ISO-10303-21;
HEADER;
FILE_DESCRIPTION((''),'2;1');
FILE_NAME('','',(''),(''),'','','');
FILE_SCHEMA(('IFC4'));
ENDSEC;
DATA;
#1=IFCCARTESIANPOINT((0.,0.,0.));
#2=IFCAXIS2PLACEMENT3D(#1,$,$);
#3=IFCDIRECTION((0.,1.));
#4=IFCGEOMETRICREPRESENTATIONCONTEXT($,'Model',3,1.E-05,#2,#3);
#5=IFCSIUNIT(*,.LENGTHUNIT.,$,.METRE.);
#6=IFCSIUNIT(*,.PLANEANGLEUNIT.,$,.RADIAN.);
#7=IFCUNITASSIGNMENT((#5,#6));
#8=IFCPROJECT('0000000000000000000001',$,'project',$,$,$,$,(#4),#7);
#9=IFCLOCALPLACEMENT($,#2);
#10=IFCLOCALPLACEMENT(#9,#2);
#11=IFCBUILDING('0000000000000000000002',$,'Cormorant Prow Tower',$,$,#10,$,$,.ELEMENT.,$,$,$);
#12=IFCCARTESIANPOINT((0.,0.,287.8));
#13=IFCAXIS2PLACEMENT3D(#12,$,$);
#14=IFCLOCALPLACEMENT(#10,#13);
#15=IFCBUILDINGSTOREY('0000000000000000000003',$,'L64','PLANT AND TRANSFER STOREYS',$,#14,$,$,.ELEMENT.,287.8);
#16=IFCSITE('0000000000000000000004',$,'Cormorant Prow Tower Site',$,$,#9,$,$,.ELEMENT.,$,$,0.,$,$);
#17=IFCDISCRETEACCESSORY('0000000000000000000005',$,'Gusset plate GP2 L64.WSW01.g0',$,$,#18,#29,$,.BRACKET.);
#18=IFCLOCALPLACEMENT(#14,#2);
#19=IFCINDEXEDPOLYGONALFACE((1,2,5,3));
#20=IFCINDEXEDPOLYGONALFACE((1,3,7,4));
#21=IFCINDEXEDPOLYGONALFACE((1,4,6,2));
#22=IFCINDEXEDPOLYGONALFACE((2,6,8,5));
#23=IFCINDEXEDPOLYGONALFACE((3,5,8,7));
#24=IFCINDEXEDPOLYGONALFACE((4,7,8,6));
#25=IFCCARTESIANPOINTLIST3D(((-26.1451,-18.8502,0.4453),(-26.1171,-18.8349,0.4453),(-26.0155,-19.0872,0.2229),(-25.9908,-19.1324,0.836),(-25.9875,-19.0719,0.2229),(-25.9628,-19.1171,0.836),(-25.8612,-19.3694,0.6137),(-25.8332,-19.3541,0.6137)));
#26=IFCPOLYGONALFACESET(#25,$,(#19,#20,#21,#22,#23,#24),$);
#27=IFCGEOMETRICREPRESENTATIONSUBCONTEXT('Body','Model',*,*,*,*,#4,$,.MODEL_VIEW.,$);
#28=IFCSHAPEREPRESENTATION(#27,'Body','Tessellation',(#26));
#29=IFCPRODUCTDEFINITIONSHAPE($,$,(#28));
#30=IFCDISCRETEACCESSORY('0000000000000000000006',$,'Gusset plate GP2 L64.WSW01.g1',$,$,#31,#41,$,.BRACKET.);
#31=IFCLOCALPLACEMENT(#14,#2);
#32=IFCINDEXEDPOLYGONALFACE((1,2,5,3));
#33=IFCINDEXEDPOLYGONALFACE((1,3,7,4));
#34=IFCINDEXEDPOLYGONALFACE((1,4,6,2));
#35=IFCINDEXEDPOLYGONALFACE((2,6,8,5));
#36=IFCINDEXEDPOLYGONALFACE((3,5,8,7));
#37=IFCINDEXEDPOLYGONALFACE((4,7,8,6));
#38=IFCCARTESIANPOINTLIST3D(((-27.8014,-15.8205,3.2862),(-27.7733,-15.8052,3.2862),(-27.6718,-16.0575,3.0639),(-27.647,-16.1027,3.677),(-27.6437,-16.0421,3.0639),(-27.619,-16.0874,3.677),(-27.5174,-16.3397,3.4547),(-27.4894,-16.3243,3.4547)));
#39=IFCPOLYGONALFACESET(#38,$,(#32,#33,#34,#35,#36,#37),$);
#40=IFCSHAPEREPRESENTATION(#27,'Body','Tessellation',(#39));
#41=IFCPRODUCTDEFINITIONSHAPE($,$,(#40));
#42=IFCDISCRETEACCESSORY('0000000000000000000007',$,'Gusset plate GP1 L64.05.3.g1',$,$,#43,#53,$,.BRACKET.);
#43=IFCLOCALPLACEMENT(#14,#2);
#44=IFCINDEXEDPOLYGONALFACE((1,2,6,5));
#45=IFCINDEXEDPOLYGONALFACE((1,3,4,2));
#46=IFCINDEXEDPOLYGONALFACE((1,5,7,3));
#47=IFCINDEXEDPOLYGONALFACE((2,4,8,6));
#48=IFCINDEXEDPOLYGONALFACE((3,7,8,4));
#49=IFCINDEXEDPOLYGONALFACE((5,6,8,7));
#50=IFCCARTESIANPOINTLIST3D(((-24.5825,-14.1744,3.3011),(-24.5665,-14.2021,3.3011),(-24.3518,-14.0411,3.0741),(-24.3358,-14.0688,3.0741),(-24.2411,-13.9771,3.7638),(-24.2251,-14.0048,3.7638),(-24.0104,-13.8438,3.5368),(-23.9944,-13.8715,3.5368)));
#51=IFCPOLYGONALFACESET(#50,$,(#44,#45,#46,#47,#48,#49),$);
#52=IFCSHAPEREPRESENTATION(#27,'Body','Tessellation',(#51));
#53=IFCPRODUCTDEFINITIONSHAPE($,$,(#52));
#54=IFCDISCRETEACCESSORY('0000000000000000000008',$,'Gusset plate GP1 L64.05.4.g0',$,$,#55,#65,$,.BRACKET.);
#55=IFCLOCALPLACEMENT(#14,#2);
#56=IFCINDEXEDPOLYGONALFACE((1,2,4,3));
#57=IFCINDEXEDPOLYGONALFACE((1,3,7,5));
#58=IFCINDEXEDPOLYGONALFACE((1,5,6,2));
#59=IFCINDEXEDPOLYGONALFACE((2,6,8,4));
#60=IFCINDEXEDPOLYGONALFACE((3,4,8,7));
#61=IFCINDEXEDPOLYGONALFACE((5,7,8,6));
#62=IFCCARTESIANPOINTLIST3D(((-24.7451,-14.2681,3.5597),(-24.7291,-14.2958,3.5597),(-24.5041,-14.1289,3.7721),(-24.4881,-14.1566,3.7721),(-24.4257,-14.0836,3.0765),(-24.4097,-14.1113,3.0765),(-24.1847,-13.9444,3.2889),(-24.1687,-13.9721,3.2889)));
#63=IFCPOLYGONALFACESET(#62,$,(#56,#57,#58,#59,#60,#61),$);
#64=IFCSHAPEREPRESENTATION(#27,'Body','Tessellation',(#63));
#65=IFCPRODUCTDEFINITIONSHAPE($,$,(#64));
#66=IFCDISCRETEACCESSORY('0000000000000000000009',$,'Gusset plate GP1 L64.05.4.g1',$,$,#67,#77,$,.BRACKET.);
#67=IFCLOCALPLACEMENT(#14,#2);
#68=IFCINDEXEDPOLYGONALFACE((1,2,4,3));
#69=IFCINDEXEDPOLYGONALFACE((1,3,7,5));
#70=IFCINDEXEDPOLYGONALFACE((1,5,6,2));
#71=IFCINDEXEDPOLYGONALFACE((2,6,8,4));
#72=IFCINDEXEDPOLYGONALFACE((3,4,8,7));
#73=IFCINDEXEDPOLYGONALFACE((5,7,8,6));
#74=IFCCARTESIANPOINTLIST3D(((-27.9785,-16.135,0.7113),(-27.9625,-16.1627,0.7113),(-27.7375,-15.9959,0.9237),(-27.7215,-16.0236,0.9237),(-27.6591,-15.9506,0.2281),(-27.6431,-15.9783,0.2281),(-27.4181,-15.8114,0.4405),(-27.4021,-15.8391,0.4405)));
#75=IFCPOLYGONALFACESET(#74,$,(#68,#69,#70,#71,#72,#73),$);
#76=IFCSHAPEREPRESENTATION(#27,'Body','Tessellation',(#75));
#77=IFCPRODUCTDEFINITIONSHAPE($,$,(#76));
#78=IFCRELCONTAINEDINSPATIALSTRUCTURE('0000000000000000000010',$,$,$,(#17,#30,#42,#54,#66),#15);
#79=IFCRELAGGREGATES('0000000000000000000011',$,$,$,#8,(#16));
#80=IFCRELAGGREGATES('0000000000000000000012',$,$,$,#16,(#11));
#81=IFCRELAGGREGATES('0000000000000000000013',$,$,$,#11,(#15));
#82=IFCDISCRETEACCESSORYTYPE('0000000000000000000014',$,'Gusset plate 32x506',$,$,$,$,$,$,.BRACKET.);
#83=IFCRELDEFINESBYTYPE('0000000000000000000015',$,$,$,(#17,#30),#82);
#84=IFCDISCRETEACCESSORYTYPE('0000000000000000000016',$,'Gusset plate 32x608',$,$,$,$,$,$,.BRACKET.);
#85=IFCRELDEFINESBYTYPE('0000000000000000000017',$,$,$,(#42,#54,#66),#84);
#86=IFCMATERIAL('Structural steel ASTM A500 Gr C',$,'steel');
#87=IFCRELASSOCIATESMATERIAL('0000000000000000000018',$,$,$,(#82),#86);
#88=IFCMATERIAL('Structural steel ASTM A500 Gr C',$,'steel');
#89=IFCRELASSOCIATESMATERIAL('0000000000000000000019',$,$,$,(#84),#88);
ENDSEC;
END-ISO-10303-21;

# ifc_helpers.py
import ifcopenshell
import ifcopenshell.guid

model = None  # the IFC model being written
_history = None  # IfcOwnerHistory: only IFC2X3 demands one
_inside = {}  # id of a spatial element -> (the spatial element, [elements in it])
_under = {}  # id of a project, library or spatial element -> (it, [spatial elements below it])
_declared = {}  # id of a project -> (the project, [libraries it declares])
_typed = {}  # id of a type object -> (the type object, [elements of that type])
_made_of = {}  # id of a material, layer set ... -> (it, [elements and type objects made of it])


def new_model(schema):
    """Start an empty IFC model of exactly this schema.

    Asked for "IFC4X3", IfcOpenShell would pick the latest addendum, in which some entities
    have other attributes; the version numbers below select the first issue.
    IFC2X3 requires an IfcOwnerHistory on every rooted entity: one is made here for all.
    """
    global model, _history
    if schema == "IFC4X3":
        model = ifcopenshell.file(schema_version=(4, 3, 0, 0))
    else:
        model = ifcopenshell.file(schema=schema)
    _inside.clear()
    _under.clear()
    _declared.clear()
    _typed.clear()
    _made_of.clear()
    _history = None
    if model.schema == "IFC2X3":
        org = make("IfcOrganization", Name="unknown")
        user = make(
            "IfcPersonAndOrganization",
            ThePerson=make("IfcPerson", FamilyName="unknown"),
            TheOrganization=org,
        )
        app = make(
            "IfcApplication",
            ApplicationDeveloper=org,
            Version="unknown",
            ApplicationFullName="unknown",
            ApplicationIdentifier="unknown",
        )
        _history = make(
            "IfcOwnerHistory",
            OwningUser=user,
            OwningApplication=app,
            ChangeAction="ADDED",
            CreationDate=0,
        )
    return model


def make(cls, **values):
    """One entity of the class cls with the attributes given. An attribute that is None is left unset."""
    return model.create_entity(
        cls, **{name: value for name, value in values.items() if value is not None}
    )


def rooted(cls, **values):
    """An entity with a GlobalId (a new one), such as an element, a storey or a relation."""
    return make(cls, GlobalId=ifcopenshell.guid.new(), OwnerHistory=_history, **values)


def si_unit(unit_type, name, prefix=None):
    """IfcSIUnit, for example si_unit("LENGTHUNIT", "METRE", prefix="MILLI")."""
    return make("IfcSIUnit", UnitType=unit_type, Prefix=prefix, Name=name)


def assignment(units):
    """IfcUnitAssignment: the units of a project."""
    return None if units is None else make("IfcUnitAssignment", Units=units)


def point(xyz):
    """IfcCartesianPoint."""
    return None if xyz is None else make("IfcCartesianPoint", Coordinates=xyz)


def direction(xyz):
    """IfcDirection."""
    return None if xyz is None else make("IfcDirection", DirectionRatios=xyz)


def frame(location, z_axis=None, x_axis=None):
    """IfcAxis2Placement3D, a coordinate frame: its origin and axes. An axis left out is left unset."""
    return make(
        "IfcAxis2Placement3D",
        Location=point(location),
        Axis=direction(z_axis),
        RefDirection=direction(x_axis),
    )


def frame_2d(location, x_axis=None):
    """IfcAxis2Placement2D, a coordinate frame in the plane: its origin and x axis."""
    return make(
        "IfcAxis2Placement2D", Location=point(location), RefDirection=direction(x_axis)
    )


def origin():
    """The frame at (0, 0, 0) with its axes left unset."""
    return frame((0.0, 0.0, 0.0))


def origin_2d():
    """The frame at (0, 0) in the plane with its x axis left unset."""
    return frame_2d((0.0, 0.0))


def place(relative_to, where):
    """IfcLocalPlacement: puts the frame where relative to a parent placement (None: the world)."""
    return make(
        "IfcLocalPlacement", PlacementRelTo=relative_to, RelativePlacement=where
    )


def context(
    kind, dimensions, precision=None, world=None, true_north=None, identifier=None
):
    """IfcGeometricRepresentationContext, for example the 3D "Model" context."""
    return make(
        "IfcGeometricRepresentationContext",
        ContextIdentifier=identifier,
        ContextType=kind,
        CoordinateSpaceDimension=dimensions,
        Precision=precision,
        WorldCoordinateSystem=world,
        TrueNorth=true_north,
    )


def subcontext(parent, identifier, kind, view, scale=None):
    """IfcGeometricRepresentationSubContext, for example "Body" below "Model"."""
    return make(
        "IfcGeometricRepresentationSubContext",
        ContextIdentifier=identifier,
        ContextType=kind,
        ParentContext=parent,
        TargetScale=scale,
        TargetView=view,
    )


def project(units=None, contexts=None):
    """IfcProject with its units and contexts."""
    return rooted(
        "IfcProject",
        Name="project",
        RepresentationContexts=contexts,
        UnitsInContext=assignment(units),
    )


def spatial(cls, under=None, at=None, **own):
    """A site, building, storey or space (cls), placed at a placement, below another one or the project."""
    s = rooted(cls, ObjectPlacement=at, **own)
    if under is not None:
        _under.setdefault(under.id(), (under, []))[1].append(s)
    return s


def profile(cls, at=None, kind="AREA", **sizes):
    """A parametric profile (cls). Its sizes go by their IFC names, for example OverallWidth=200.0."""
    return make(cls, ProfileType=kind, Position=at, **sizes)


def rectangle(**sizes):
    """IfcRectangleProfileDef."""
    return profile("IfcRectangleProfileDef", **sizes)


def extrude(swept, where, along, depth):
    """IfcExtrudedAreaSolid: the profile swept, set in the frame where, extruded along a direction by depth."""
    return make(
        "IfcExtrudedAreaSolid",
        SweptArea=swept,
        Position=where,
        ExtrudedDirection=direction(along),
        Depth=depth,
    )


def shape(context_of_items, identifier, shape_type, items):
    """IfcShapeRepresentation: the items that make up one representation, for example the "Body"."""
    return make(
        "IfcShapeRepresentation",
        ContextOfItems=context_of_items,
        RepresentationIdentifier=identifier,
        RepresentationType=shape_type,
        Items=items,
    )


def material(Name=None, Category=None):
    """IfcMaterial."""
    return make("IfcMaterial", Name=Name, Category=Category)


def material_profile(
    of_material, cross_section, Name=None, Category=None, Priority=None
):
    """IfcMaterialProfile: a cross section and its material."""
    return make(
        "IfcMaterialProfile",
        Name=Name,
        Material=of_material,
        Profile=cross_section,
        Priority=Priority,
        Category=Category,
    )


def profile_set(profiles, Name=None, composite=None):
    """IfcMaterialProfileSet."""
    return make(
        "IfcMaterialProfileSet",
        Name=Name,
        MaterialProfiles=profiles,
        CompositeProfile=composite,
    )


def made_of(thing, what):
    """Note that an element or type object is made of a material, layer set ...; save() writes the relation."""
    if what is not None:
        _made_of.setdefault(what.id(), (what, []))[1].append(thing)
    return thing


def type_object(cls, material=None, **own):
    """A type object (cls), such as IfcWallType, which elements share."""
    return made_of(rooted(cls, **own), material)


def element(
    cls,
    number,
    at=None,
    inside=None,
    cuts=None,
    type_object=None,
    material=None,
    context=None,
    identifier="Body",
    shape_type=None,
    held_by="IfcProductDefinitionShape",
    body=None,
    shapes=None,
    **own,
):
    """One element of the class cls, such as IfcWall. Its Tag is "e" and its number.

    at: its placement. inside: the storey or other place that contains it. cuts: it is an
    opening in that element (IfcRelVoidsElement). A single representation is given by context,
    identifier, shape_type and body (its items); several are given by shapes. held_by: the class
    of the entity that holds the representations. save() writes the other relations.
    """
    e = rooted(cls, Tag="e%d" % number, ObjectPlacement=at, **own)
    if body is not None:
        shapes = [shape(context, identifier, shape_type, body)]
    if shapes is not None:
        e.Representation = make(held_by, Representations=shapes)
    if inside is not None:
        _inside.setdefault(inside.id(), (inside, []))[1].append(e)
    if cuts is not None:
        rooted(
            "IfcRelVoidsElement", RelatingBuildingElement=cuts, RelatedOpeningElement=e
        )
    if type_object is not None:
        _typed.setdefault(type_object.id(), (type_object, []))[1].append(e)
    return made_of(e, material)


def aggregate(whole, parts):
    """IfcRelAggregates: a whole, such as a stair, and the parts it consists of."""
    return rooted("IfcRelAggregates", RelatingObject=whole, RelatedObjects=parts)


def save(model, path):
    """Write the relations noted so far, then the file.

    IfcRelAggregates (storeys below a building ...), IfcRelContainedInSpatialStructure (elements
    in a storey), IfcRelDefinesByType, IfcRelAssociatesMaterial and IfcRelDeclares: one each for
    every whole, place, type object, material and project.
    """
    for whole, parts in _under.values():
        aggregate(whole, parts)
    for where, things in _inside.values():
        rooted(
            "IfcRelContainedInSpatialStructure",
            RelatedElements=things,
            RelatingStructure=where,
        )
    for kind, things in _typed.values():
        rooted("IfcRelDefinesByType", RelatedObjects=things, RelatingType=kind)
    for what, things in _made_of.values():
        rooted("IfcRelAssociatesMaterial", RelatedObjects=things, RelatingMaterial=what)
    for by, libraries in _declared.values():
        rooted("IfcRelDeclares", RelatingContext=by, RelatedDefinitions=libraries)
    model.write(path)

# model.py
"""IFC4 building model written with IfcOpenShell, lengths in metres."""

from ifc_helpers import new_model, si_unit, direction, frame, origin, origin_2d, place, context, subcontext, project, spatial, rectangle, extrude, material, material_profile, profile_set, type_object, element, save


model = new_model("IFC4")

# Units and contexts
model_context = context("Model", 3, precision=1e-05, world=origin(), true_north=direction((0.0, 1.0)))
body_context = subcontext(model_context, "Body", "Model", "MODEL_VIEW")
ifc_project = project(units=[si_unit("LENGTHUNIT", "METRE"), si_unit("PLANEANGLEUNIT", "RADIAN")], contexts=[model_context])

# Site, building, storey
site_placement = place(None, origin())
site = spatial("IfcSite", under=ifc_project, at=site_placement, Name="Cormorant Prow Tower Site", CompositionType="ELEMENT", RefElevation=0.0)
building_placement = place(site_placement, origin())
building = spatial("IfcBuilding", under=site, at=building_placement, Name="Cormorant Prow Tower", CompositionType="ELEMENT")
storey_placement = place(building_placement, frame((0.0, 0.0, 287.8)))
storey = spatial("IfcBuildingStorey", under=building, at=storey_placement, Name="L64", Description="PLANT AND TRANSFER STOREYS", CompositionType="ELEMENT", Elevation=287.8)

# Discrete accessories
ifc_material_1 = material(Name="Structural steel ASTM A500 Gr C", Category="steel")
ifc_material_profile_1 = material_profile(ifc_material_1, rectangle(XDim=0.032, YDim=0.5061, at=origin_2d()), Name="Gusset plate 32x506")
ifc_profile_set_1 = profile_set([ifc_material_profile_1], Name="Structural steel ASTM A500 Gr C")
discrete_accessory_type_1 = type_object("IfcDiscreteAccessoryType", Name="Gusset plate 32x506", PredefinedType="BRACKET", material=ifc_profile_set_1)
for number, where, z_axis, x_axis, name in (
    (1, (-26.054, -18.9836, 0.6406), (0.37044, -0.677396, -0.635538), (0.877377, 0.479801, 0.0), "Gusset plate GP2 L64.WSW01.g0"),
    (2, (-27.5806, -16.1909, 3.2593), (-0.37044, 0.677396, 0.635538), (-0.877377, -0.479801, 0.0), "Gusset plate GP2 L64.WSW01.g1"),
):
    element("IfcDiscreteAccessory", number, at=place(storey_placement, frame(where, z_axis=z_axis, x_axis=x_axis)), inside=storey, type_object=discrete_accessory_type_1, Name=name, PredefinedType="BRACKET", context=body_context, shape_type="SweptSolid", body=[
        extrude(rectangle(XDim=0.032, YDim=0.5061, at=origin_2d()), origin(), (0.0, 0.0, 1.0), 0.3499),
    ])
ifc_material_2 = material(Name="Structural steel ASTM A500 Gr C", Category="steel")
ifc_material_profile_2 = material_profile(ifc_material_2, rectangle(XDim=0.032, YDim=0.6079, at=origin_2d()), Name="Gusset plate 32x608")
ifc_profile_set_2 = profile_set([ifc_material_profile_2], Name="Structural steel ASTM A500 Gr C")
discrete_accessory_type_2 = type_object("IfcDiscreteAccessoryType", Name="Gusset plate 32x608", PredefinedType="BRACKET", material=ifc_profile_set_2)
for number, where, z_axis, x_axis, name in (
    (3, (-24.1731, -13.9563, 3.3054), (-0.659046, -0.380782, 0.648585), (0.500278, -0.865865, 0.0), "Gusset plate GP1 L64.05.3.g1"),
    (4, (-24.5774, -14.1897, 3.3181), (0.688349, 0.397527, 0.606752), (-0.500102, 0.865966, 0.0), "Gusset plate GP1 L64.05.4.g0"),
    (5, (-27.5698, -15.9175, 0.6821), (-0.688349, -0.397527, -0.606752), (0.500102, -0.865966, 0.0), "Gusset plate GP1 L64.05.4.g1"),
):
    element("IfcDiscreteAccessory", number, at=place(storey_placement, frame(where, z_axis=z_axis, x_axis=x_axis)), inside=storey, type_object=discrete_accessory_type_2, Name=name, PredefinedType="BRACKET", context=body_context, shape_type="SweptSolid", body=[
        extrude(rectangle(XDim=0.032, YDim=0.6079, at=origin_2d()), origin(), (0.0, 0.0, 1.0), 0.3501),
    ])

save(model, "model.ifc")
